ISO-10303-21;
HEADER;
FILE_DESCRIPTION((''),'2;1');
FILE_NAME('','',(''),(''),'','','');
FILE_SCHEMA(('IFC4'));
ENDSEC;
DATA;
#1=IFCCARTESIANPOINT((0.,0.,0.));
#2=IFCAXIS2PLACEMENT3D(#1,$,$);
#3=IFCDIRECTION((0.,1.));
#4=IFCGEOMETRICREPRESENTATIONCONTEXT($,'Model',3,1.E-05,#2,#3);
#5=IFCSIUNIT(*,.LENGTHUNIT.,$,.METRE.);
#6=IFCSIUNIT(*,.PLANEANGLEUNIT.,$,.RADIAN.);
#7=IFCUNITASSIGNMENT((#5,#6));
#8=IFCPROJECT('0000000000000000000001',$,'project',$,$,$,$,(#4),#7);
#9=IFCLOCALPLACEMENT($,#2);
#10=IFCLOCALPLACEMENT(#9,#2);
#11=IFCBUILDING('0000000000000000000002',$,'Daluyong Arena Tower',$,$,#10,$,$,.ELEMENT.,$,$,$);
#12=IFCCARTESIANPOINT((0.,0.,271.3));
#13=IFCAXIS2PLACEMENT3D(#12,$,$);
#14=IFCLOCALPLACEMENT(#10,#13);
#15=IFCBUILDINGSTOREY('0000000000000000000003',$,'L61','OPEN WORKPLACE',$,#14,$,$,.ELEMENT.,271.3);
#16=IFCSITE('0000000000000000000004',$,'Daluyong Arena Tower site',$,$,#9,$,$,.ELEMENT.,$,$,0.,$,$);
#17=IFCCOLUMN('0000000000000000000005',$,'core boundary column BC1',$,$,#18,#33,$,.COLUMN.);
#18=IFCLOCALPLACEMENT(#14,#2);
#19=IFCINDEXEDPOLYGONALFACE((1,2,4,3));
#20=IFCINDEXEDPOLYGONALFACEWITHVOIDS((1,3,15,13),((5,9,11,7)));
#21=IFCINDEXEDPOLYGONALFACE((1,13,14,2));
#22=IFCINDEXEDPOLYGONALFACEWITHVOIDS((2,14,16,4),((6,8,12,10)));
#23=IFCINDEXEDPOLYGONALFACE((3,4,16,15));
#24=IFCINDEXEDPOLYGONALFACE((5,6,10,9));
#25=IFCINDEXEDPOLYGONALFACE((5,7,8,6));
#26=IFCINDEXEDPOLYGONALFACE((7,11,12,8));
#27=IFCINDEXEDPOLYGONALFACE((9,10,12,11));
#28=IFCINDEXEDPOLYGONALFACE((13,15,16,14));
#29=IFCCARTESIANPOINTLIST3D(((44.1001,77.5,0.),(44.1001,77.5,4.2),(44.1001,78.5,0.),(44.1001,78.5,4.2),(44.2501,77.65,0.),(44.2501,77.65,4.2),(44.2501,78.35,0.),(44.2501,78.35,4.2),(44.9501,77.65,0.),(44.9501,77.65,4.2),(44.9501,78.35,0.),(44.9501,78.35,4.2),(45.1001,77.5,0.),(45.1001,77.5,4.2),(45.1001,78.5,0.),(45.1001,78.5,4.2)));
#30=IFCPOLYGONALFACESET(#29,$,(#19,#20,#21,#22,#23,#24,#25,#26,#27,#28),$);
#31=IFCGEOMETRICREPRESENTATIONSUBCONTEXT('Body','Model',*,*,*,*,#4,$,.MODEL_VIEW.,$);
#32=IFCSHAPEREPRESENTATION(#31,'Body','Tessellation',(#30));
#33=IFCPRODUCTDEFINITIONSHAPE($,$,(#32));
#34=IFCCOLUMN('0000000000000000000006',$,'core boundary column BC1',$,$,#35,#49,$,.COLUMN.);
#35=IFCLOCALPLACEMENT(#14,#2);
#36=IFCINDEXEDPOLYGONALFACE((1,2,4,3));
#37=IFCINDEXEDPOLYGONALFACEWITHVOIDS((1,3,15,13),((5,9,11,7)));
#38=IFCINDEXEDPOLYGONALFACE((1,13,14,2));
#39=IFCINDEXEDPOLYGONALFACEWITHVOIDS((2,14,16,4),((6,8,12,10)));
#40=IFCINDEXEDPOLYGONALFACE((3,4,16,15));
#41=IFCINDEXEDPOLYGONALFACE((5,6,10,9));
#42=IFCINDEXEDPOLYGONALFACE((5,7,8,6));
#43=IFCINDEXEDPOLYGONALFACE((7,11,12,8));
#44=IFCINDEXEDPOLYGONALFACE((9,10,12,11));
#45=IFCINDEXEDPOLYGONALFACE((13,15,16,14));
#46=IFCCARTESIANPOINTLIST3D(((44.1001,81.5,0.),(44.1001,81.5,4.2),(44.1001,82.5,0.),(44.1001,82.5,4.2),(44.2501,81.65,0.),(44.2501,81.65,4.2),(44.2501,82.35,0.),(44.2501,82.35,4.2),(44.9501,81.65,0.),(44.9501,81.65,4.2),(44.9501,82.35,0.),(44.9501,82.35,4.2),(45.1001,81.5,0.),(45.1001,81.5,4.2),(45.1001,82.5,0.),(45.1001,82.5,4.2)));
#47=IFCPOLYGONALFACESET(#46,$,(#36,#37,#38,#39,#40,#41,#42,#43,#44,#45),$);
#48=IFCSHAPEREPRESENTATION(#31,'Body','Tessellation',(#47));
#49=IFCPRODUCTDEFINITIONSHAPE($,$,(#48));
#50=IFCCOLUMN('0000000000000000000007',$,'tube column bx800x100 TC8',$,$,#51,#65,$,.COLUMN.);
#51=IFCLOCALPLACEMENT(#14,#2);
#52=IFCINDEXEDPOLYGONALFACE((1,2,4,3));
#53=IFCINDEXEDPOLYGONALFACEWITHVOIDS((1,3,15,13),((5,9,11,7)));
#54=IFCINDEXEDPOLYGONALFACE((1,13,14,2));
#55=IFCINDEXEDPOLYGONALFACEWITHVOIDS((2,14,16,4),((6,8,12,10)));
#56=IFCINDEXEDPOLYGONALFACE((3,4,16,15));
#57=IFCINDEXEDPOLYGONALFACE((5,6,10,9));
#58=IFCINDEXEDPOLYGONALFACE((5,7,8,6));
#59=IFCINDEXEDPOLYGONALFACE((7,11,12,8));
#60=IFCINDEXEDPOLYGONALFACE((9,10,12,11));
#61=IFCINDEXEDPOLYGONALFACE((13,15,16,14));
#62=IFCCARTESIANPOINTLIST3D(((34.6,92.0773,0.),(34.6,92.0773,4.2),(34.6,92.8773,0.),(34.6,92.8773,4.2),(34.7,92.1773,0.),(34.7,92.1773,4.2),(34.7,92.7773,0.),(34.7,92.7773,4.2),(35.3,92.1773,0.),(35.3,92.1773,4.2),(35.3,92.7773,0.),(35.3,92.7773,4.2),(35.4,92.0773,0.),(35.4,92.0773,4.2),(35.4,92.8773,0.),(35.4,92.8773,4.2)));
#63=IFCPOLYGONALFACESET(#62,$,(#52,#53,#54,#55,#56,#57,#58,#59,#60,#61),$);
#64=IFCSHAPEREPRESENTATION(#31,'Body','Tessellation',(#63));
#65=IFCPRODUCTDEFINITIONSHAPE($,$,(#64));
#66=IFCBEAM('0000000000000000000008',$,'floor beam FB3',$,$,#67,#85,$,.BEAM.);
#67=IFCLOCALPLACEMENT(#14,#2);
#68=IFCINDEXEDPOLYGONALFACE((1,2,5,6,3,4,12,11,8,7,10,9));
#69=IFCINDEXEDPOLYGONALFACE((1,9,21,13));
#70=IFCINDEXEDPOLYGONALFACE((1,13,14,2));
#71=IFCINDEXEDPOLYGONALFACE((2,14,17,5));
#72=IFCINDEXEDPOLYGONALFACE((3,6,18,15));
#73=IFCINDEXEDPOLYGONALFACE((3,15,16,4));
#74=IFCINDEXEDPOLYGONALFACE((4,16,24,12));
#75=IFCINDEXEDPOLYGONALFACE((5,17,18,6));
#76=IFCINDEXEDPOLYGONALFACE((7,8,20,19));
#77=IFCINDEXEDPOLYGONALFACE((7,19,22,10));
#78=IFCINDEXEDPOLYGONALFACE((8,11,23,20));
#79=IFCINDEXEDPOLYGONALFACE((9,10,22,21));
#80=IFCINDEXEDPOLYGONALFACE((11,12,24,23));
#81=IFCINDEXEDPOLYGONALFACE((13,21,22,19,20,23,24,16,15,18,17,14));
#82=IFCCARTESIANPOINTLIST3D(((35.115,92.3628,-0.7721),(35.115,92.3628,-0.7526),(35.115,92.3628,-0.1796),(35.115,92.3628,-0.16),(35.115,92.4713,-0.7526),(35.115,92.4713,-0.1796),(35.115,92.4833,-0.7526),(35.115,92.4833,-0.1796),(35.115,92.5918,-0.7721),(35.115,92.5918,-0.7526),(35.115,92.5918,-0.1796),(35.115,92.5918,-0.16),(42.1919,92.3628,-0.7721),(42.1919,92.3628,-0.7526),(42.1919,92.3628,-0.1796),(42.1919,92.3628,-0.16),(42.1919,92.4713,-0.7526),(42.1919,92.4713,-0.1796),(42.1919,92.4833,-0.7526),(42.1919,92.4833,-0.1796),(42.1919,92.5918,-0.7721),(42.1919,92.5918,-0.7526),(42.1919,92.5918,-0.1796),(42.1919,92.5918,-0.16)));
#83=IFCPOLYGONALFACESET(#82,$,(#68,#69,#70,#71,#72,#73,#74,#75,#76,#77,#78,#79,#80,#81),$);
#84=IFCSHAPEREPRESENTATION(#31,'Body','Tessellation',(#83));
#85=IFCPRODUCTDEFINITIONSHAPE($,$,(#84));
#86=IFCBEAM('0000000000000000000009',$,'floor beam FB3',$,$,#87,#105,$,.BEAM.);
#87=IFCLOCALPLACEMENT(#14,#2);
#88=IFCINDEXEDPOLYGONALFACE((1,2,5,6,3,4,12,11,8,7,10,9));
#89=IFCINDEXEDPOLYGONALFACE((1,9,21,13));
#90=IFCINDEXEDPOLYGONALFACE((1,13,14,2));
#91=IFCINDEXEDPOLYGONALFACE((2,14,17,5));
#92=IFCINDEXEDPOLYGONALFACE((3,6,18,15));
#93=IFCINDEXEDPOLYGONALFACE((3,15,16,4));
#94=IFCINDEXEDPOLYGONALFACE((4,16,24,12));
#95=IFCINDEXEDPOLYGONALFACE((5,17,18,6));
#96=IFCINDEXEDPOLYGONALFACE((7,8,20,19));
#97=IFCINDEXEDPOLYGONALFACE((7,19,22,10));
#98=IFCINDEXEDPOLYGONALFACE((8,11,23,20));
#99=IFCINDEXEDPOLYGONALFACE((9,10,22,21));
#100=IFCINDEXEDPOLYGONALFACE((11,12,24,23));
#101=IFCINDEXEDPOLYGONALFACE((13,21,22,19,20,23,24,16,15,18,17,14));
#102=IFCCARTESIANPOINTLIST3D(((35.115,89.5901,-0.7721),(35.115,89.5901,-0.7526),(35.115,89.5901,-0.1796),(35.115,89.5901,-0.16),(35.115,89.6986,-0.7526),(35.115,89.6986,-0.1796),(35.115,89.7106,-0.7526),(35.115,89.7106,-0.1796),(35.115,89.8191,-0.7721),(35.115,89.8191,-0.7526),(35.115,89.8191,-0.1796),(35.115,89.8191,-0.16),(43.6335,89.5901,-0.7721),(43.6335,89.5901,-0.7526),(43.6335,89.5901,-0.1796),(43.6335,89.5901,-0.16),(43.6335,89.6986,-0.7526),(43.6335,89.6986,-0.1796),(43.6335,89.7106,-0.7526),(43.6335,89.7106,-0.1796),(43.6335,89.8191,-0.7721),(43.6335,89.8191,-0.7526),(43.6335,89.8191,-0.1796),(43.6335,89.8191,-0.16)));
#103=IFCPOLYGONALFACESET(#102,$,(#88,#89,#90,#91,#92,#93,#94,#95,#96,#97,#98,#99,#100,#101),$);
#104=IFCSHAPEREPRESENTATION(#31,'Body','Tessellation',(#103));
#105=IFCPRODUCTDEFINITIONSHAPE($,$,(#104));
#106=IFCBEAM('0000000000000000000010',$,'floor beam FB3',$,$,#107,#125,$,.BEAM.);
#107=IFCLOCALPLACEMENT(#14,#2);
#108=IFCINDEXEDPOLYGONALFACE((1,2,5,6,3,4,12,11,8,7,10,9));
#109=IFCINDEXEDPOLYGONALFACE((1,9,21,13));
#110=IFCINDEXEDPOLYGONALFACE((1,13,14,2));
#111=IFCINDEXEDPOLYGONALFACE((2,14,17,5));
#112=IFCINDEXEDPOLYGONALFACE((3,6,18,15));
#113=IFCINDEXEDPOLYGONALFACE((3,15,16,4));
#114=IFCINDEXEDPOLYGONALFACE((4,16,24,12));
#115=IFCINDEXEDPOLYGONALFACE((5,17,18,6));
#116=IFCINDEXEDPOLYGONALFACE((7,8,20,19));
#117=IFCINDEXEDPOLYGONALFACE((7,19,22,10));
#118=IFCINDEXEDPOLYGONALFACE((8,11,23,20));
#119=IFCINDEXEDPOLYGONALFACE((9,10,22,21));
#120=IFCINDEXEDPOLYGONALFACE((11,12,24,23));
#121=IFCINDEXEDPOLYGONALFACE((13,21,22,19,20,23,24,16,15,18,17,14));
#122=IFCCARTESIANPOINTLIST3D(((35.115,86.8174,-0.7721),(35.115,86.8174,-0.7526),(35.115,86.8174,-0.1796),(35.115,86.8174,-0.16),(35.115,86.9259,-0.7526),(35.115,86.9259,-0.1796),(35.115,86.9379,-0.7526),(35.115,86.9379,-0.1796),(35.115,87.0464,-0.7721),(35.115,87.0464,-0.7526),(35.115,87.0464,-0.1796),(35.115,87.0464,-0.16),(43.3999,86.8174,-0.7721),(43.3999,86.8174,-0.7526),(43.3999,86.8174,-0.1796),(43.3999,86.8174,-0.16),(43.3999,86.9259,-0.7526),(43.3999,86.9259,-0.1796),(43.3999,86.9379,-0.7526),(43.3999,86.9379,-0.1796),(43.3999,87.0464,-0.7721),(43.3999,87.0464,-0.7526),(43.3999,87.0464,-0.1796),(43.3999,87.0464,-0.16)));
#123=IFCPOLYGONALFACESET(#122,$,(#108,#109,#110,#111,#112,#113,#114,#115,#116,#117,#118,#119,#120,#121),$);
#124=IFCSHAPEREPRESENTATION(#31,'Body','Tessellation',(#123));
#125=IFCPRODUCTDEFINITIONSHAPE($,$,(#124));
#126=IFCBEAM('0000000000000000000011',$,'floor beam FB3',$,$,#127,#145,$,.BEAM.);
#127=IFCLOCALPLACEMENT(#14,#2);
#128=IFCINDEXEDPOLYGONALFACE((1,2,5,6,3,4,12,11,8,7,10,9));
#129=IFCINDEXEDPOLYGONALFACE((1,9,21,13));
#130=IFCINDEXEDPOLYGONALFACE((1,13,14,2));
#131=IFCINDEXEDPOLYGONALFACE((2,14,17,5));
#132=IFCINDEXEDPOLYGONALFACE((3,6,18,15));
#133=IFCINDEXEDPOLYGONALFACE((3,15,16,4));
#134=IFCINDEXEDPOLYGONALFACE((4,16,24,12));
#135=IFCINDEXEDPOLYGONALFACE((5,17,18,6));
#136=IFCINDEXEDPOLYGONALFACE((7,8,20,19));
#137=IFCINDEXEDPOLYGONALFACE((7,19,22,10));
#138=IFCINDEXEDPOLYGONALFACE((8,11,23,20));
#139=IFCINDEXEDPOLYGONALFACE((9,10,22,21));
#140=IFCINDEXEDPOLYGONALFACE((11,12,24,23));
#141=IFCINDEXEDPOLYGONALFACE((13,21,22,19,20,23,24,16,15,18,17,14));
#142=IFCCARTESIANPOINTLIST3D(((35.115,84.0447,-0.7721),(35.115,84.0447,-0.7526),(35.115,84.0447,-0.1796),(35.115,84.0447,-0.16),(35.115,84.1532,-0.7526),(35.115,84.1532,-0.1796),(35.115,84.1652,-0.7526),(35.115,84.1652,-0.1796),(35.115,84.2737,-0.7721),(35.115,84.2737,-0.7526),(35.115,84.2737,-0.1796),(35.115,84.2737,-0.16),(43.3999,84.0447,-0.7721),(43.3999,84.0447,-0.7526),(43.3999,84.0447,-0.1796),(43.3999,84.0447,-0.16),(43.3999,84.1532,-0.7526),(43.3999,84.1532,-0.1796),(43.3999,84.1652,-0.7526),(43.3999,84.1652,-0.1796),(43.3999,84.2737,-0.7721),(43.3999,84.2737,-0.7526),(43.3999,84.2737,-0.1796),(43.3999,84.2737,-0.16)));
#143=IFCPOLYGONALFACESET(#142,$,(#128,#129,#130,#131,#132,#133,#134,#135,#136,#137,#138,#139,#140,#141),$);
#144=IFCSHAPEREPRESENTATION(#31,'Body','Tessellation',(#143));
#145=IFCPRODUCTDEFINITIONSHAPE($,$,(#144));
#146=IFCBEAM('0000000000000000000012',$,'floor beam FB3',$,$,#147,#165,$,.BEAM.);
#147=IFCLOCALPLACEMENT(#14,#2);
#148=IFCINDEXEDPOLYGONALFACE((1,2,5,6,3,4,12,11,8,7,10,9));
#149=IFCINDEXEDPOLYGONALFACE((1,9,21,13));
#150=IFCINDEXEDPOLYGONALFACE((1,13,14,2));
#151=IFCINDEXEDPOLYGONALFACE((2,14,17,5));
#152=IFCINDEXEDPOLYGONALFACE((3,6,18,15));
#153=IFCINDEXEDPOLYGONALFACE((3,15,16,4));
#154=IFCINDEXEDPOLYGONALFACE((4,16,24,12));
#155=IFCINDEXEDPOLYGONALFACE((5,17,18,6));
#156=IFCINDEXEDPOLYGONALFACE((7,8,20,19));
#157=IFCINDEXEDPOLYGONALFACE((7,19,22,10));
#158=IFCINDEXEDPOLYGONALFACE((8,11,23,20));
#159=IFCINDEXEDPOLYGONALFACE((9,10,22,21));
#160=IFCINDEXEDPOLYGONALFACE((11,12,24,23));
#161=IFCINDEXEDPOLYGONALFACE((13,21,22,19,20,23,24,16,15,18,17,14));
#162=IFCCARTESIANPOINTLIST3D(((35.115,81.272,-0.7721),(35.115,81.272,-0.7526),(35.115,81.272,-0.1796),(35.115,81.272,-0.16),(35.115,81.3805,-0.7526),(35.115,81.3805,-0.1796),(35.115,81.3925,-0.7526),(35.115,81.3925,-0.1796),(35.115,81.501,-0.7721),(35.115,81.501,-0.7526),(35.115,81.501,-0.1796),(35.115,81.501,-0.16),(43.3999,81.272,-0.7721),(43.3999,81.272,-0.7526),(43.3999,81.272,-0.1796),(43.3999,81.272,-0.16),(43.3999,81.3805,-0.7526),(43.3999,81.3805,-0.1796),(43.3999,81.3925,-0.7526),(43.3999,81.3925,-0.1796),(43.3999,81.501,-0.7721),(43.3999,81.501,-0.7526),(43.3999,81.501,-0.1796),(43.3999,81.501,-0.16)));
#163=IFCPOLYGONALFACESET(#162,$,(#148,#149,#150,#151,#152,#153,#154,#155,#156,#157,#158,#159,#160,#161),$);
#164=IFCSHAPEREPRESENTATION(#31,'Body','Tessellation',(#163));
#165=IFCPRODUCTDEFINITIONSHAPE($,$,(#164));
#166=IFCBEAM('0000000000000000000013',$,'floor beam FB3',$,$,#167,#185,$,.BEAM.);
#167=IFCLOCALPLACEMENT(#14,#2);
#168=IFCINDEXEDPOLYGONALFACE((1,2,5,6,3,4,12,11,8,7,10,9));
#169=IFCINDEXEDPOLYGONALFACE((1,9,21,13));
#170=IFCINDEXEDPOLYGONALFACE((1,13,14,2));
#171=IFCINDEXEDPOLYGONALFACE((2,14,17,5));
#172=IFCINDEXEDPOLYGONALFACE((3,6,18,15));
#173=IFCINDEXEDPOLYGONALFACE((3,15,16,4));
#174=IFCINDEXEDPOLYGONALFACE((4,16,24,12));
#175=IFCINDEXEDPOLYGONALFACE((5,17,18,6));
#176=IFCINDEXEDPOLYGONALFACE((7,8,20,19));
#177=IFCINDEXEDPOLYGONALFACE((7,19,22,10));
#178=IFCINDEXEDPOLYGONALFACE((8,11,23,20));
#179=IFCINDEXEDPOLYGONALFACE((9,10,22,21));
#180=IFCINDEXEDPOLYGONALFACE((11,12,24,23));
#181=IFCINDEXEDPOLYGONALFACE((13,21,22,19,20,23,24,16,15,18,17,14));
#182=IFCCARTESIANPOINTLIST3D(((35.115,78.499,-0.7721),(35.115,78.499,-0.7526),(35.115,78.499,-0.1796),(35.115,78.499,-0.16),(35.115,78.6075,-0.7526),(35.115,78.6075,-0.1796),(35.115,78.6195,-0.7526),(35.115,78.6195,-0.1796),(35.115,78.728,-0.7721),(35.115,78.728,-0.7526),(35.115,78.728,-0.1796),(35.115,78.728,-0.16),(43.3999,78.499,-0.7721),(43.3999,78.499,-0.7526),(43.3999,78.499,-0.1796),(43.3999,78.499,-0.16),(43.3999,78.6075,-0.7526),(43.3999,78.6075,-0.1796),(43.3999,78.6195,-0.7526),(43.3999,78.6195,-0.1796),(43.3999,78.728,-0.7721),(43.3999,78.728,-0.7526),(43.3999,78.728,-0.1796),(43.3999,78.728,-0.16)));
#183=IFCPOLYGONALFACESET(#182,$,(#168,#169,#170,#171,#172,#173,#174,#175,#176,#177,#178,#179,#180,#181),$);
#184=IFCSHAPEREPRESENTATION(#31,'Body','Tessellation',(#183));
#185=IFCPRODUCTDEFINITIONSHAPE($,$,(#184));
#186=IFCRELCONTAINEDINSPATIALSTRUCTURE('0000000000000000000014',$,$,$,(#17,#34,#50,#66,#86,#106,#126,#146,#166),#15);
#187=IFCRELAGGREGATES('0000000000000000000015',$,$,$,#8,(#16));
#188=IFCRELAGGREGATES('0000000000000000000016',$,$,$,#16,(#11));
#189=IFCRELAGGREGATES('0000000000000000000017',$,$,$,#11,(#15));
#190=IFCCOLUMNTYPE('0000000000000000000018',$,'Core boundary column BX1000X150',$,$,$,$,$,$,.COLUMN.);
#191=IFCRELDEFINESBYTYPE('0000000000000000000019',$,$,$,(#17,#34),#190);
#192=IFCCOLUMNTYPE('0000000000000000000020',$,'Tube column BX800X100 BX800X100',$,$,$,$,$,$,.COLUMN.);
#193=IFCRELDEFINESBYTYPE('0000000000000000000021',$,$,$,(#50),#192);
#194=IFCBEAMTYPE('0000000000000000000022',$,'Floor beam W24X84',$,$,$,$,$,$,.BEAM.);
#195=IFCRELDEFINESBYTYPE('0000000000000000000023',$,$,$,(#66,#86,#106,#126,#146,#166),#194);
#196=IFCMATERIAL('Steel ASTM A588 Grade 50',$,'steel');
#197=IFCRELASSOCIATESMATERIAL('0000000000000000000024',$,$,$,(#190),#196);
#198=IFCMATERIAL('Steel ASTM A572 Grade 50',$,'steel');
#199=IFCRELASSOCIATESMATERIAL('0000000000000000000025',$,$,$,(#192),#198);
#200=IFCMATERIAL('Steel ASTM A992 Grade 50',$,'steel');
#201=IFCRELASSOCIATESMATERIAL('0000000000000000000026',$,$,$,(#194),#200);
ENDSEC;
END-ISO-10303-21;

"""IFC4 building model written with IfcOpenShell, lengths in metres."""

from ifc_helpers import new_model, si_unit, direction, frame, origin, origin_2d, place, context, subcontext, project, spatial, hollow_rectangle, i_section, extrude, material, material_profile, profile_set, type_object, element, save


model = new_model("IFC4")

# Units and contexts
model_context = context("Model", 3, precision=1e-05, world=origin(), true_north=direction((0.0, 1.0)))
body_context = subcontext(model_context, "Body", "Model", "MODEL_VIEW")
ifc_project = project(units=[si_unit("LENGTHUNIT", "METRE"), si_unit("PLANEANGLEUNIT", "RADIAN")], contexts=[model_context])

# Site, building, storey
site_placement = place(None, origin())
site = spatial("IfcSite", under=ifc_project, at=site_placement, Name="Daluyong Arena Tower site", CompositionType="ELEMENT", RefElevation=0.0)
building_placement = place(site_placement, origin())
building = spatial("IfcBuilding", under=site, at=building_placement, Name="Daluyong Arena Tower", CompositionType="ELEMENT")
storey_placement = place(building_placement, frame((0.0, 0.0, 271.3)))
storey = spatial("IfcBuildingStorey", under=building, at=storey_placement, Name="L61", Description="OPEN WORKPLACE", CompositionType="ELEMENT", Elevation=271.3)

# Columns
ifc_material_1 = material(Name="Steel ASTM A588 Grade 50", Category="steel")
ifc_material_profile_1 = material_profile(ifc_material_1, hollow_rectangle(XDim=1.0, YDim=1.0, WallThickness=0.15, at=origin_2d()))
ifc_profile_set_1 = profile_set([ifc_material_profile_1], Name="Steel ASTM A588 Grade 50")
column_type_1 = type_object("IfcColumnType", Name="Core boundary column BX1000X150", PredefinedType="COLUMN", material=ifc_profile_set_1)
for number, where, z_axis, x_axis, name in (
    (1, (44.6001, 78.0, 0.0), (0.0, 0.0, 1.0), (1.0, 0.0, 0.0), "core boundary column BC1"),
    (2, (44.6001, 82.0, 0.0), (0.0, 0.0, 1.0), (1.0, 0.0, 0.0), "core boundary column BC1"),
):
    element("IfcColumn", number, at=place(storey_placement, frame(where, z_axis=z_axis, x_axis=x_axis)), inside=storey, type_object=column_type_1, Name=name, PredefinedType="COLUMN", context=body_context, shape_type="SweptSolid", body=[
        extrude(hollow_rectangle(XDim=1.0, YDim=1.0, WallThickness=0.15, at=origin_2d()), origin(), (0.0, 0.0, 1.0), 4.2),
    ])
ifc_material_2 = material(Name="Steel ASTM A572 Grade 50", Category="steel")
ifc_material_profile_2 = material_profile(ifc_material_2, hollow_rectangle(XDim=0.8, YDim=0.8, WallThickness=0.1, at=origin_2d()))
ifc_profile_set_2 = profile_set([ifc_material_profile_2], Name="Steel ASTM A572 Grade 50")
column_type_2 = type_object("IfcColumnType", Name="Tube column BX800X100 BX800X100", PredefinedType="COLUMN", material=ifc_profile_set_2)
column_placement = place(storey_placement, frame((35.0, 92.4773, 0.0), z_axis=(0.0, 0.0, 1.0), x_axis=(0.0, 1.0, 0.0)))
element("IfcColumn", 3, at=column_placement, inside=storey, type_object=column_type_2, Name="tube column bx800x100 TC8", PredefinedType="COLUMN", context=body_context, shape_type="SweptSolid", body=[
    extrude(hollow_rectangle(XDim=0.8, YDim=0.8, WallThickness=0.1, at=origin_2d()), origin(), (0.0, 0.0, 1.0), 4.2),
])

# Beams
ifc_material_3 = material(Name="Steel ASTM A992 Grade 50", Category="steel")
ifc_material_profile_3 = material_profile(ifc_material_3, i_section(OverallWidth=0.229, OverallDepth=0.6121, WebThickness=0.012, FlangeThickness=0.0195, at=origin_2d()))
ifc_profile_set_3 = profile_set([ifc_material_profile_3], Name="Steel ASTM A992 Grade 50")
beam_type_1 = type_object("IfcBeamType", Name="Floor beam W24X84", PredefinedType="BEAM", material=ifc_profile_set_3)
beam_1_placement = place(storey_placement, frame((35.115, 92.4773, -0.4661), z_axis=(1.0, 0.0, 0.0), x_axis=(0.0, 1.0, 0.0)))
element("IfcBeam", 4, at=beam_1_placement, inside=storey, type_object=beam_type_1, Name="floor beam FB3", PredefinedType="BEAM", context=body_context, shape_type="SweptSolid", body=[
    extrude(i_section(OverallWidth=0.229, OverallDepth=0.6121, WebThickness=0.012, FlangeThickness=0.0195, at=origin_2d()), origin(), (0.0, 0.0, 1.0), 7.0769),
])
beam_2_placement = place(storey_placement, frame((35.115, 89.7046, -0.4661), z_axis=(1.0, 0.0, 0.0), x_axis=(0.0, 1.0, 0.0)))
element("IfcBeam", 5, at=beam_2_placement, inside=storey, type_object=beam_type_1, Name="floor beam FB3", PredefinedType="BEAM", context=body_context, shape_type="SweptSolid", body=[
    extrude(i_section(OverallWidth=0.229, OverallDepth=0.6121, WebThickness=0.012, FlangeThickness=0.0195, at=origin_2d()), origin(), (0.0, 0.0, 1.0), 8.5186),
])
for number, where, z_axis, x_axis, name in (
    (6, (35.115, 86.9319, -0.4661), (1.0, 0.0, 0.0), (0.0, 1.0, 0.0), "floor beam FB3"),
    (7, (35.115, 84.1592, -0.4661), (1.0, 0.0, 0.0), (0.0, 1.0, 0.0), "floor beam FB3"),
    (8, (35.115, 81.3865, -0.4661), (1.0, 0.0, 0.0), (0.0, 1.0, 0.0), "floor beam FB3"),
    (9, (35.115, 78.6135, -0.4661), (1.0, 0.0, 0.0), (0.0, 1.0, 0.0), "floor beam FB3"),
):
    element("IfcBeam", number, at=place(storey_placement, frame(where, z_axis=z_axis, x_axis=x_axis)), inside=storey, type_object=beam_type_1, Name=name, PredefinedType="BEAM", context=body_context, shape_type="SweptSolid", body=[
        extrude(i_section(OverallWidth=0.229, OverallDepth=0.6121, WebThickness=0.012, FlangeThickness=0.0195, at=origin_2d()), origin(), (0.0, 0.0, 1.0), 8.2849),
    ])

save(model, "model.ifc")
